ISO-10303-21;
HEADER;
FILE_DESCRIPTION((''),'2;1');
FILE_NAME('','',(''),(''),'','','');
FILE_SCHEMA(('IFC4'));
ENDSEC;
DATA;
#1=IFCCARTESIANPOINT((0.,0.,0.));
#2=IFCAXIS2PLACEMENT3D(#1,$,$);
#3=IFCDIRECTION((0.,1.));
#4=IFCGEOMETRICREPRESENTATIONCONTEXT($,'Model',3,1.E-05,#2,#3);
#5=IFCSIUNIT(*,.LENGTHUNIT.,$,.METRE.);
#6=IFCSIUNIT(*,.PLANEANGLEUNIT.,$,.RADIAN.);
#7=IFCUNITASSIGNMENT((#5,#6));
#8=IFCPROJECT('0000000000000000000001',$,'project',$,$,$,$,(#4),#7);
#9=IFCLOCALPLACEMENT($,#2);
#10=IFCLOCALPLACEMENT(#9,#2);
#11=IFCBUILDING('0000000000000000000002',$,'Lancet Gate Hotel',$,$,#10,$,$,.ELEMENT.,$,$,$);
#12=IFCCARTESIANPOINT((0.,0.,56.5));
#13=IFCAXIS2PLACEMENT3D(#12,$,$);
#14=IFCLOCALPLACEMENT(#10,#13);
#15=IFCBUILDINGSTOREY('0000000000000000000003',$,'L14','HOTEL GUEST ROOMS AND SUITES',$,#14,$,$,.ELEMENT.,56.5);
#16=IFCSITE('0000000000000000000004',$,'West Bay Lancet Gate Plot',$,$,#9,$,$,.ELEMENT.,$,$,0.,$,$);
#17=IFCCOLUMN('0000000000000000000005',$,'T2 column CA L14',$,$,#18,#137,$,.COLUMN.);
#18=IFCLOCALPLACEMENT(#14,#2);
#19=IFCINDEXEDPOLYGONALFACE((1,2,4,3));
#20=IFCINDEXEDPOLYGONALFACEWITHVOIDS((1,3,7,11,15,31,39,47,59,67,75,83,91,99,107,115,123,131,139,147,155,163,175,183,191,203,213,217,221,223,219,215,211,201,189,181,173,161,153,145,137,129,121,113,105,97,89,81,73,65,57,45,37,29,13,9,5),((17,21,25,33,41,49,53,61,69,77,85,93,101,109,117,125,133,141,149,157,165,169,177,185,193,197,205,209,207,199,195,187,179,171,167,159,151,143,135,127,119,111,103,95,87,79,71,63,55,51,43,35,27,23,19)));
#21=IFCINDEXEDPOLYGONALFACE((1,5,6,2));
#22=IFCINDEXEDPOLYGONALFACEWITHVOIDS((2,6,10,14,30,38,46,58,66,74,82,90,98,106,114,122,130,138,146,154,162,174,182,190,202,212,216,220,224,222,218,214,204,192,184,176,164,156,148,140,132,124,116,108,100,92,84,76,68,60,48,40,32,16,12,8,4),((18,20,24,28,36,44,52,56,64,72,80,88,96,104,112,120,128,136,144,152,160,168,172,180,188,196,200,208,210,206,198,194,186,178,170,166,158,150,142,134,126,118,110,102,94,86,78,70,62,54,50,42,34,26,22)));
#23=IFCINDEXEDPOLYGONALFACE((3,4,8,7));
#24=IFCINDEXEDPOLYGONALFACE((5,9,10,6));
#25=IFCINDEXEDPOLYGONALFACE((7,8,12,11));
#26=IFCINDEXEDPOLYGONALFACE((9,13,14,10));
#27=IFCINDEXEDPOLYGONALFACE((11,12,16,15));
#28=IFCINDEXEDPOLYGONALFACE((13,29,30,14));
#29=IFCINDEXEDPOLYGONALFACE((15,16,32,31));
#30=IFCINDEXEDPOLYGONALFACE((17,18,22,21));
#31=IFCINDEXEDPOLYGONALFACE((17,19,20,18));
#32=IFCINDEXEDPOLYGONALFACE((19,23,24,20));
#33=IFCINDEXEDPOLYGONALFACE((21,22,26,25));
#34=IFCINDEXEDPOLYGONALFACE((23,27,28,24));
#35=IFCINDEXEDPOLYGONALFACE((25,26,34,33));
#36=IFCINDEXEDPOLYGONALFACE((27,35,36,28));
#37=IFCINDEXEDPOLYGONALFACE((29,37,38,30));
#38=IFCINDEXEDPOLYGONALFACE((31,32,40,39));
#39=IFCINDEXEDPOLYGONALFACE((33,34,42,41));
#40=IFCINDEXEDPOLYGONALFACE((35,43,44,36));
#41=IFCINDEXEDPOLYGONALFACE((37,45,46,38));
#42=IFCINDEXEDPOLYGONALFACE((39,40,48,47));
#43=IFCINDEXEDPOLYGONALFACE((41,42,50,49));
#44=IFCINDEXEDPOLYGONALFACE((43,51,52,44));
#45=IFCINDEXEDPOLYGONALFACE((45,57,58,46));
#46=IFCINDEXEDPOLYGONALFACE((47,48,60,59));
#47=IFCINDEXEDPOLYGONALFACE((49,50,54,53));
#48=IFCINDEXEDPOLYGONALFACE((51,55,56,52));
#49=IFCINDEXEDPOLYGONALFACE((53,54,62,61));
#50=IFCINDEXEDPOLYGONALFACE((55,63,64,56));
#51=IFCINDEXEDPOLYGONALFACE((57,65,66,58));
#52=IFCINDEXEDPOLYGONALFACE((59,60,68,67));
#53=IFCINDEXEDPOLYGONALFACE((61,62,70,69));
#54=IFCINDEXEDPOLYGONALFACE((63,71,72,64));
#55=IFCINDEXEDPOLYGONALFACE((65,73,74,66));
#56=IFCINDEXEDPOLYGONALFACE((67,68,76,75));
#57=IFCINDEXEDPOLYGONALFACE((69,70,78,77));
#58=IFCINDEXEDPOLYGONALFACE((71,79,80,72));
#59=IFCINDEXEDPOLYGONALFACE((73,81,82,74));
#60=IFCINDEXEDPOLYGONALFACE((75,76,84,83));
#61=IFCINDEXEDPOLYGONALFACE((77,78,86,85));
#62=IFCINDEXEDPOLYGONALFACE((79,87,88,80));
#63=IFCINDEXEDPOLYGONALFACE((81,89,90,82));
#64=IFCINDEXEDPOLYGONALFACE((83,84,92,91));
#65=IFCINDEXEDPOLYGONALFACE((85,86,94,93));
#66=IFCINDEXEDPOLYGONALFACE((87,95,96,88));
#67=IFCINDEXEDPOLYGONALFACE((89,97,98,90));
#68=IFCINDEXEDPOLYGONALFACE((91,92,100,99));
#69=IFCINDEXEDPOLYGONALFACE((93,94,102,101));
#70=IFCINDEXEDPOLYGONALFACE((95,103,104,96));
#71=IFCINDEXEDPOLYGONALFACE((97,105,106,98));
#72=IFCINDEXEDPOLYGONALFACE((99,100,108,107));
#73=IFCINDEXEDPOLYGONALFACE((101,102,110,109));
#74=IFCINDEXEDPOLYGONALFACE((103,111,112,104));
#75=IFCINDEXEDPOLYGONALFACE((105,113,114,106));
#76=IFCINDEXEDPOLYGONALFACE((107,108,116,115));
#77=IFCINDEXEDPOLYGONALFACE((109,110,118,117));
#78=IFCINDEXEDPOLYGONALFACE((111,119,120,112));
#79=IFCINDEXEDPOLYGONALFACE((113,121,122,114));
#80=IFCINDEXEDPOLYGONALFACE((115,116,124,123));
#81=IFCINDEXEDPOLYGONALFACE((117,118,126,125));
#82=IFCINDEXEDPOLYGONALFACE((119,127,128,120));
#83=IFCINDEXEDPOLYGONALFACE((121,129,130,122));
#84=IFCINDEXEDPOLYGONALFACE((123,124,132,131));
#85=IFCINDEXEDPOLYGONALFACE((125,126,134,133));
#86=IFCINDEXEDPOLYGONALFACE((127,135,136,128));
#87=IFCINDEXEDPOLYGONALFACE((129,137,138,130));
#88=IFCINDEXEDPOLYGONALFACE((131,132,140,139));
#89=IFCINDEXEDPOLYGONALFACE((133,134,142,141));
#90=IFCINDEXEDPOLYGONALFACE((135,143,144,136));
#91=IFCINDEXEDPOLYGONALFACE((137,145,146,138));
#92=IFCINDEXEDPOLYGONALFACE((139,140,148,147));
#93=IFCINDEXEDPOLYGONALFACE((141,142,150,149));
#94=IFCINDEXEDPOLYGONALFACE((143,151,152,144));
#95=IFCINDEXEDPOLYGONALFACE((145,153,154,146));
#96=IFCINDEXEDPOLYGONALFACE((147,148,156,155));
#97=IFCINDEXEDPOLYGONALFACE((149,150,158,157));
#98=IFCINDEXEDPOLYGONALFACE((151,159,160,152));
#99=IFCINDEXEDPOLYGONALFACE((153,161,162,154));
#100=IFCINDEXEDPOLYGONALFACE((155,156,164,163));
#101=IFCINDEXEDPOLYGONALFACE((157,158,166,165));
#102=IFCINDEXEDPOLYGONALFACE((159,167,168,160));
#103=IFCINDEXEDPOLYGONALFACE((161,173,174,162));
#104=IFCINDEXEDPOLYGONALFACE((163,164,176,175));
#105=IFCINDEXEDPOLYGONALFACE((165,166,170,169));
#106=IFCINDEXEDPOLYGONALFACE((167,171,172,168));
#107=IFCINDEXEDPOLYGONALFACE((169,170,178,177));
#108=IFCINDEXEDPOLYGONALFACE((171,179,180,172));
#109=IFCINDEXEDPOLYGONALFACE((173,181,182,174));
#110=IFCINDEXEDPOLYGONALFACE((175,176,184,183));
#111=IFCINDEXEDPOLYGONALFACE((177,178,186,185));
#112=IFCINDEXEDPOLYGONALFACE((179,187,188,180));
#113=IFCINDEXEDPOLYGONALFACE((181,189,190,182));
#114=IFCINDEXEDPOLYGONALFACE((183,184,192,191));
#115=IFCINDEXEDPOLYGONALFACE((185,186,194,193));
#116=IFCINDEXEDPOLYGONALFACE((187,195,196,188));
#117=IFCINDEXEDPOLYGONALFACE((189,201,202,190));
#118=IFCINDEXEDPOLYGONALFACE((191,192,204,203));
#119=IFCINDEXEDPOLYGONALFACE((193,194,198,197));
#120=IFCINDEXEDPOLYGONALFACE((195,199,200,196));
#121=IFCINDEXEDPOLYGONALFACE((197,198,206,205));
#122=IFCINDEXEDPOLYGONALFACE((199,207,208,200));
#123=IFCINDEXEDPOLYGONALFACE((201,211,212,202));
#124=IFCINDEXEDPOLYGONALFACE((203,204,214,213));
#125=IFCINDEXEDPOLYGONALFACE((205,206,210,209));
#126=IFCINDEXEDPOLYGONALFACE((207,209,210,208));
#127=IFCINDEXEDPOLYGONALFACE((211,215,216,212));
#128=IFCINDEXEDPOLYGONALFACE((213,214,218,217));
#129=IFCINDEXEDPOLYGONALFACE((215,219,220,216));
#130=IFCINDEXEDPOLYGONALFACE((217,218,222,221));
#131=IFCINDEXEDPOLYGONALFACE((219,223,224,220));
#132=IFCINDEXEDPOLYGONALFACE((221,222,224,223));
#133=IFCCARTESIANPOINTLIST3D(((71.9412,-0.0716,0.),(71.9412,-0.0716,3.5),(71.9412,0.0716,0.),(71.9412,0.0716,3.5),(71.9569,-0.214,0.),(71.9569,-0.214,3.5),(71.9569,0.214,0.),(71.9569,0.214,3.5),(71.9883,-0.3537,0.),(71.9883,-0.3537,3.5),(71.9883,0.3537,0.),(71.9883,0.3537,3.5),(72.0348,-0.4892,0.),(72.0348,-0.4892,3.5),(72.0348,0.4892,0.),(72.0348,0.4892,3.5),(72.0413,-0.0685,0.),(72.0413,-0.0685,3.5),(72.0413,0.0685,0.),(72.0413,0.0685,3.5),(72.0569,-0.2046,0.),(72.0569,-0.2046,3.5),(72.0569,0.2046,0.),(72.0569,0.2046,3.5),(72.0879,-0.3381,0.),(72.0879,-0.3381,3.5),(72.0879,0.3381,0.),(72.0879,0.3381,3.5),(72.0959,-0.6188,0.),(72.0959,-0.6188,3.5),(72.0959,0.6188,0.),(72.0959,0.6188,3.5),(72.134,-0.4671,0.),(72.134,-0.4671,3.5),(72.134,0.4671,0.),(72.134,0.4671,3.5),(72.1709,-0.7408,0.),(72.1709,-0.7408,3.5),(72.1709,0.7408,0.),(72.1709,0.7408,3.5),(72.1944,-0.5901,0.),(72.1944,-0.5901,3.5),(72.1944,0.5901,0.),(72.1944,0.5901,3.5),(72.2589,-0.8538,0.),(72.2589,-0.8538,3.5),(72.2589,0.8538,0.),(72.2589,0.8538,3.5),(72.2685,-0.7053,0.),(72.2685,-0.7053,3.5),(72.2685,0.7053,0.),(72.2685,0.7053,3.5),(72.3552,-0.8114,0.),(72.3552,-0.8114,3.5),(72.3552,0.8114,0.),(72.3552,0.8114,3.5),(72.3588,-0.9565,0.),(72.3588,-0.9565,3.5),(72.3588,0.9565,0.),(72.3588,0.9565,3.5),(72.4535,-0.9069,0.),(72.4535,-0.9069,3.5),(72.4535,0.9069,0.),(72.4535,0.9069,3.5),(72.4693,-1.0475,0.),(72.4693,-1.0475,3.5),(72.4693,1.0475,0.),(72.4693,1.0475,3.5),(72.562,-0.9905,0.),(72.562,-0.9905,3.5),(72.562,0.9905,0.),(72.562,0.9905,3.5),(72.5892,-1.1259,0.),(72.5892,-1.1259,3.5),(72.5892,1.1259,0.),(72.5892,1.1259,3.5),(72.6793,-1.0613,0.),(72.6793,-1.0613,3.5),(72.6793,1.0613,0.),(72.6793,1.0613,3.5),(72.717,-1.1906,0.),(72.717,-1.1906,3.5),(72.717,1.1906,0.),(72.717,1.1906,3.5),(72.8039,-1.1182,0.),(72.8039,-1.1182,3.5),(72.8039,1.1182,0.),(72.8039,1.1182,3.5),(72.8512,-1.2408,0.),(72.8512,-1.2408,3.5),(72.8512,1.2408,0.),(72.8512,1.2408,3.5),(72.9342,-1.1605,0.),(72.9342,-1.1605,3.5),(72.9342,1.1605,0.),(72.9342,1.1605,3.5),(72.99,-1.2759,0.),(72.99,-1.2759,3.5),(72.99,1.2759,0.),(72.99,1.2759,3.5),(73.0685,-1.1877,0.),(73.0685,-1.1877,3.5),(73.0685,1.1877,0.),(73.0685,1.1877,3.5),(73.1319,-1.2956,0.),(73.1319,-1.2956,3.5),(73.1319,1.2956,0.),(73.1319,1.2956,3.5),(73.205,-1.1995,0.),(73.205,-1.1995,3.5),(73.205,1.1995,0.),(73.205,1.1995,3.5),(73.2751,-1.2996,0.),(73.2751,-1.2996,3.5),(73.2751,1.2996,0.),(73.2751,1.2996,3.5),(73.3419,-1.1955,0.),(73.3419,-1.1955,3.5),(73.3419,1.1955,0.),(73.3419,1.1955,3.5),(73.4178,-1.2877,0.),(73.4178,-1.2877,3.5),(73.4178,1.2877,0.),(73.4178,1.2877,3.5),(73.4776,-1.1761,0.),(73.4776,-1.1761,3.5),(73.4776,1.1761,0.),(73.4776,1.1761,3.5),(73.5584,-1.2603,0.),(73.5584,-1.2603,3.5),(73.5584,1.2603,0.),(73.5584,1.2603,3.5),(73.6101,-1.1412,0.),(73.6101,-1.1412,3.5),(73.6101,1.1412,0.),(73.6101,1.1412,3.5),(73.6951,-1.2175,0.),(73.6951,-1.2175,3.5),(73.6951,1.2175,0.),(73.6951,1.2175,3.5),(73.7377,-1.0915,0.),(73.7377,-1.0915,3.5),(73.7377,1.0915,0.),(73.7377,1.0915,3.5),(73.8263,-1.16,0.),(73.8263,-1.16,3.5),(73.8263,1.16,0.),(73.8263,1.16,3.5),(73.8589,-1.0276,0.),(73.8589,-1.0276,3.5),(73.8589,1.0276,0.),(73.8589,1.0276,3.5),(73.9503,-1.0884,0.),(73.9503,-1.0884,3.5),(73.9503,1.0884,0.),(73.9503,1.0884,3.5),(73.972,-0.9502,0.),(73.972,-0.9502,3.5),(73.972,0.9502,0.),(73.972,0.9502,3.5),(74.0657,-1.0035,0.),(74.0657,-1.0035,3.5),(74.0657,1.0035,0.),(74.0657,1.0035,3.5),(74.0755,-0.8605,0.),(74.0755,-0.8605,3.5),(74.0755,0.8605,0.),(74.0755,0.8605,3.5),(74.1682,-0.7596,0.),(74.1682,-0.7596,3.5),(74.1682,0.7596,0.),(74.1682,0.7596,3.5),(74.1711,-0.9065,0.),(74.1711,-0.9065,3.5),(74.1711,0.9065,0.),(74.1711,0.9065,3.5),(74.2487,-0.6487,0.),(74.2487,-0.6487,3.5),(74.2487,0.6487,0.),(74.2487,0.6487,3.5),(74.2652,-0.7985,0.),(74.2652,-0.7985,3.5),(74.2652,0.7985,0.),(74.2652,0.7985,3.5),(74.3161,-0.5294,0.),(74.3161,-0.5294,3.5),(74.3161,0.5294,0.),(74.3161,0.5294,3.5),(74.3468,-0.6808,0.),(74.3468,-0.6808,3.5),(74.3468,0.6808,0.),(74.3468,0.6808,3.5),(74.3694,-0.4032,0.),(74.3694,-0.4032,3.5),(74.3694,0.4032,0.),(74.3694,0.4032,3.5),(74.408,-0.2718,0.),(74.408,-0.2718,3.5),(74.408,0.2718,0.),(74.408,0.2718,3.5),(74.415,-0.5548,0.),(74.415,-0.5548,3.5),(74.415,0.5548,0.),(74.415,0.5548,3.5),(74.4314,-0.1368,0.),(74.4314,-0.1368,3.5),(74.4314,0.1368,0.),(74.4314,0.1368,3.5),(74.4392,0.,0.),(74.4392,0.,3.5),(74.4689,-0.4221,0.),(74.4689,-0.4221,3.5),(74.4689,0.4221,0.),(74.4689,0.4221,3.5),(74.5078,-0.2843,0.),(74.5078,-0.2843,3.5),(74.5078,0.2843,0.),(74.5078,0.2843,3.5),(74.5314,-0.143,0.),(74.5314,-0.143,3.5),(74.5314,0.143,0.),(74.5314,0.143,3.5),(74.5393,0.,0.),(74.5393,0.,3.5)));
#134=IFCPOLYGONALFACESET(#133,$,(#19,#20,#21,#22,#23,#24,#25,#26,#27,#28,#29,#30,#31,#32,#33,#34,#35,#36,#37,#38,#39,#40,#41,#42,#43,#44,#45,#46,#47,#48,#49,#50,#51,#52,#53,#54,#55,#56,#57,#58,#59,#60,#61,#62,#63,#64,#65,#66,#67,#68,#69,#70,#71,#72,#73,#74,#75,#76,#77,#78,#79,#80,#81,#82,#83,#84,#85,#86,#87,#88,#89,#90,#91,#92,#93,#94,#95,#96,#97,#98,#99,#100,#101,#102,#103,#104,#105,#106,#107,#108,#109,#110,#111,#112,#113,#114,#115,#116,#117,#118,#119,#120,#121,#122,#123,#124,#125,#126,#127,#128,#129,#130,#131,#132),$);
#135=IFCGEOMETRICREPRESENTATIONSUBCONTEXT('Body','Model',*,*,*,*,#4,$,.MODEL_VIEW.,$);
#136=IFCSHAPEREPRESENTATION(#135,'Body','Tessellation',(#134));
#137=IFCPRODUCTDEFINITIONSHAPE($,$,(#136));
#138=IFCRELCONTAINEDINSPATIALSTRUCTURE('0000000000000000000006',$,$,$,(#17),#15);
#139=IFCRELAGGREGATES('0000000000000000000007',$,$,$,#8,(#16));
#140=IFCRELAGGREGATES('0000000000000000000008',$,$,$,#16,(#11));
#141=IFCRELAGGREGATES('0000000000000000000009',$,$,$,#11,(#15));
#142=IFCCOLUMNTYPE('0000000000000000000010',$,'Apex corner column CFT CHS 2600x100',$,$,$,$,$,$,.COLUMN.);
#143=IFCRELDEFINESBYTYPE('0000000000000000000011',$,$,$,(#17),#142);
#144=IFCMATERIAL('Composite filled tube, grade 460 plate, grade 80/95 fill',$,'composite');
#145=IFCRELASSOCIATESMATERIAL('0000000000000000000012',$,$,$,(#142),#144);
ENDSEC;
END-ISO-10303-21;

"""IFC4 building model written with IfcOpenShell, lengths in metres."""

from ifc_helpers import new_model, si_unit, direction, frame, origin, origin_2d, place, context, subcontext, project, spatial, hollow_circle, extrude, material, material_profile, profile_set, type_object, element, save


model = new_model("IFC4")

# Units and contexts
model_context = context("Model", 3, precision=1e-05, world=origin(), true_north=direction((0.0, 1.0)))
body_context = subcontext(model_context, "Body", "Model", "MODEL_VIEW")
ifc_project = project(units=[si_unit("LENGTHUNIT", "METRE"), si_unit("PLANEANGLEUNIT", "RADIAN")], contexts=[model_context])

# Site, building, storey
site_placement = place(None, origin())
site = spatial("IfcSite", under=ifc_project, at=site_placement, Name="West Bay Lancet Gate Plot", CompositionType="ELEMENT", RefElevation=0.0)
building_placement = place(site_placement, origin())
building = spatial("IfcBuilding", under=site, at=building_placement, Name="Lancet Gate Hotel", CompositionType="ELEMENT")
storey_placement = place(building_placement, frame((0.0, 0.0, 56.5)))
storey = spatial("IfcBuildingStorey", under=building, at=storey_placement, Name="L14", Description="HOTEL GUEST ROOMS AND SUITES", CompositionType="ELEMENT", Elevation=56.5)

# Column
ifc_material_1 = material(Name="Composite filled tube, grade 460 plate, grade 80/95 fill", Category="composite")
ifc_material_profile_1 = material_profile(ifc_material_1, hollow_circle(Radius=1.3, WallThickness=0.1001, at=origin_2d()), Name="CHS 2600x100")
ifc_profile_set_1 = profile_set([ifc_material_profile_1], Name="Composite filled tube, grade 460 plate, grade 80/95 fill")
column_type_1 = type_object("IfcColumnType", Name="Apex corner column CFT CHS 2600x100", PredefinedType="COLUMN", material=ifc_profile_set_1)
column_1_placement = place(storey_placement, frame((73.2393, 0.0, 0.0), z_axis=(0.0, 0.0, 1.0), x_axis=(1.0, 0.0, 0.0)))
element("IfcColumn", 1, at=column_1_placement, inside=storey, type_object=column_type_1, Name="T2 column CA L14", PredefinedType="COLUMN", context=body_context, shape_type="SweptSolid", body=[
    extrude(hollow_circle(Radius=1.3, WallThickness=0.1001, at=origin_2d()), origin(), (0.0, 0.0, 1.0), 3.5),
])

save(model, "model.ifc")
